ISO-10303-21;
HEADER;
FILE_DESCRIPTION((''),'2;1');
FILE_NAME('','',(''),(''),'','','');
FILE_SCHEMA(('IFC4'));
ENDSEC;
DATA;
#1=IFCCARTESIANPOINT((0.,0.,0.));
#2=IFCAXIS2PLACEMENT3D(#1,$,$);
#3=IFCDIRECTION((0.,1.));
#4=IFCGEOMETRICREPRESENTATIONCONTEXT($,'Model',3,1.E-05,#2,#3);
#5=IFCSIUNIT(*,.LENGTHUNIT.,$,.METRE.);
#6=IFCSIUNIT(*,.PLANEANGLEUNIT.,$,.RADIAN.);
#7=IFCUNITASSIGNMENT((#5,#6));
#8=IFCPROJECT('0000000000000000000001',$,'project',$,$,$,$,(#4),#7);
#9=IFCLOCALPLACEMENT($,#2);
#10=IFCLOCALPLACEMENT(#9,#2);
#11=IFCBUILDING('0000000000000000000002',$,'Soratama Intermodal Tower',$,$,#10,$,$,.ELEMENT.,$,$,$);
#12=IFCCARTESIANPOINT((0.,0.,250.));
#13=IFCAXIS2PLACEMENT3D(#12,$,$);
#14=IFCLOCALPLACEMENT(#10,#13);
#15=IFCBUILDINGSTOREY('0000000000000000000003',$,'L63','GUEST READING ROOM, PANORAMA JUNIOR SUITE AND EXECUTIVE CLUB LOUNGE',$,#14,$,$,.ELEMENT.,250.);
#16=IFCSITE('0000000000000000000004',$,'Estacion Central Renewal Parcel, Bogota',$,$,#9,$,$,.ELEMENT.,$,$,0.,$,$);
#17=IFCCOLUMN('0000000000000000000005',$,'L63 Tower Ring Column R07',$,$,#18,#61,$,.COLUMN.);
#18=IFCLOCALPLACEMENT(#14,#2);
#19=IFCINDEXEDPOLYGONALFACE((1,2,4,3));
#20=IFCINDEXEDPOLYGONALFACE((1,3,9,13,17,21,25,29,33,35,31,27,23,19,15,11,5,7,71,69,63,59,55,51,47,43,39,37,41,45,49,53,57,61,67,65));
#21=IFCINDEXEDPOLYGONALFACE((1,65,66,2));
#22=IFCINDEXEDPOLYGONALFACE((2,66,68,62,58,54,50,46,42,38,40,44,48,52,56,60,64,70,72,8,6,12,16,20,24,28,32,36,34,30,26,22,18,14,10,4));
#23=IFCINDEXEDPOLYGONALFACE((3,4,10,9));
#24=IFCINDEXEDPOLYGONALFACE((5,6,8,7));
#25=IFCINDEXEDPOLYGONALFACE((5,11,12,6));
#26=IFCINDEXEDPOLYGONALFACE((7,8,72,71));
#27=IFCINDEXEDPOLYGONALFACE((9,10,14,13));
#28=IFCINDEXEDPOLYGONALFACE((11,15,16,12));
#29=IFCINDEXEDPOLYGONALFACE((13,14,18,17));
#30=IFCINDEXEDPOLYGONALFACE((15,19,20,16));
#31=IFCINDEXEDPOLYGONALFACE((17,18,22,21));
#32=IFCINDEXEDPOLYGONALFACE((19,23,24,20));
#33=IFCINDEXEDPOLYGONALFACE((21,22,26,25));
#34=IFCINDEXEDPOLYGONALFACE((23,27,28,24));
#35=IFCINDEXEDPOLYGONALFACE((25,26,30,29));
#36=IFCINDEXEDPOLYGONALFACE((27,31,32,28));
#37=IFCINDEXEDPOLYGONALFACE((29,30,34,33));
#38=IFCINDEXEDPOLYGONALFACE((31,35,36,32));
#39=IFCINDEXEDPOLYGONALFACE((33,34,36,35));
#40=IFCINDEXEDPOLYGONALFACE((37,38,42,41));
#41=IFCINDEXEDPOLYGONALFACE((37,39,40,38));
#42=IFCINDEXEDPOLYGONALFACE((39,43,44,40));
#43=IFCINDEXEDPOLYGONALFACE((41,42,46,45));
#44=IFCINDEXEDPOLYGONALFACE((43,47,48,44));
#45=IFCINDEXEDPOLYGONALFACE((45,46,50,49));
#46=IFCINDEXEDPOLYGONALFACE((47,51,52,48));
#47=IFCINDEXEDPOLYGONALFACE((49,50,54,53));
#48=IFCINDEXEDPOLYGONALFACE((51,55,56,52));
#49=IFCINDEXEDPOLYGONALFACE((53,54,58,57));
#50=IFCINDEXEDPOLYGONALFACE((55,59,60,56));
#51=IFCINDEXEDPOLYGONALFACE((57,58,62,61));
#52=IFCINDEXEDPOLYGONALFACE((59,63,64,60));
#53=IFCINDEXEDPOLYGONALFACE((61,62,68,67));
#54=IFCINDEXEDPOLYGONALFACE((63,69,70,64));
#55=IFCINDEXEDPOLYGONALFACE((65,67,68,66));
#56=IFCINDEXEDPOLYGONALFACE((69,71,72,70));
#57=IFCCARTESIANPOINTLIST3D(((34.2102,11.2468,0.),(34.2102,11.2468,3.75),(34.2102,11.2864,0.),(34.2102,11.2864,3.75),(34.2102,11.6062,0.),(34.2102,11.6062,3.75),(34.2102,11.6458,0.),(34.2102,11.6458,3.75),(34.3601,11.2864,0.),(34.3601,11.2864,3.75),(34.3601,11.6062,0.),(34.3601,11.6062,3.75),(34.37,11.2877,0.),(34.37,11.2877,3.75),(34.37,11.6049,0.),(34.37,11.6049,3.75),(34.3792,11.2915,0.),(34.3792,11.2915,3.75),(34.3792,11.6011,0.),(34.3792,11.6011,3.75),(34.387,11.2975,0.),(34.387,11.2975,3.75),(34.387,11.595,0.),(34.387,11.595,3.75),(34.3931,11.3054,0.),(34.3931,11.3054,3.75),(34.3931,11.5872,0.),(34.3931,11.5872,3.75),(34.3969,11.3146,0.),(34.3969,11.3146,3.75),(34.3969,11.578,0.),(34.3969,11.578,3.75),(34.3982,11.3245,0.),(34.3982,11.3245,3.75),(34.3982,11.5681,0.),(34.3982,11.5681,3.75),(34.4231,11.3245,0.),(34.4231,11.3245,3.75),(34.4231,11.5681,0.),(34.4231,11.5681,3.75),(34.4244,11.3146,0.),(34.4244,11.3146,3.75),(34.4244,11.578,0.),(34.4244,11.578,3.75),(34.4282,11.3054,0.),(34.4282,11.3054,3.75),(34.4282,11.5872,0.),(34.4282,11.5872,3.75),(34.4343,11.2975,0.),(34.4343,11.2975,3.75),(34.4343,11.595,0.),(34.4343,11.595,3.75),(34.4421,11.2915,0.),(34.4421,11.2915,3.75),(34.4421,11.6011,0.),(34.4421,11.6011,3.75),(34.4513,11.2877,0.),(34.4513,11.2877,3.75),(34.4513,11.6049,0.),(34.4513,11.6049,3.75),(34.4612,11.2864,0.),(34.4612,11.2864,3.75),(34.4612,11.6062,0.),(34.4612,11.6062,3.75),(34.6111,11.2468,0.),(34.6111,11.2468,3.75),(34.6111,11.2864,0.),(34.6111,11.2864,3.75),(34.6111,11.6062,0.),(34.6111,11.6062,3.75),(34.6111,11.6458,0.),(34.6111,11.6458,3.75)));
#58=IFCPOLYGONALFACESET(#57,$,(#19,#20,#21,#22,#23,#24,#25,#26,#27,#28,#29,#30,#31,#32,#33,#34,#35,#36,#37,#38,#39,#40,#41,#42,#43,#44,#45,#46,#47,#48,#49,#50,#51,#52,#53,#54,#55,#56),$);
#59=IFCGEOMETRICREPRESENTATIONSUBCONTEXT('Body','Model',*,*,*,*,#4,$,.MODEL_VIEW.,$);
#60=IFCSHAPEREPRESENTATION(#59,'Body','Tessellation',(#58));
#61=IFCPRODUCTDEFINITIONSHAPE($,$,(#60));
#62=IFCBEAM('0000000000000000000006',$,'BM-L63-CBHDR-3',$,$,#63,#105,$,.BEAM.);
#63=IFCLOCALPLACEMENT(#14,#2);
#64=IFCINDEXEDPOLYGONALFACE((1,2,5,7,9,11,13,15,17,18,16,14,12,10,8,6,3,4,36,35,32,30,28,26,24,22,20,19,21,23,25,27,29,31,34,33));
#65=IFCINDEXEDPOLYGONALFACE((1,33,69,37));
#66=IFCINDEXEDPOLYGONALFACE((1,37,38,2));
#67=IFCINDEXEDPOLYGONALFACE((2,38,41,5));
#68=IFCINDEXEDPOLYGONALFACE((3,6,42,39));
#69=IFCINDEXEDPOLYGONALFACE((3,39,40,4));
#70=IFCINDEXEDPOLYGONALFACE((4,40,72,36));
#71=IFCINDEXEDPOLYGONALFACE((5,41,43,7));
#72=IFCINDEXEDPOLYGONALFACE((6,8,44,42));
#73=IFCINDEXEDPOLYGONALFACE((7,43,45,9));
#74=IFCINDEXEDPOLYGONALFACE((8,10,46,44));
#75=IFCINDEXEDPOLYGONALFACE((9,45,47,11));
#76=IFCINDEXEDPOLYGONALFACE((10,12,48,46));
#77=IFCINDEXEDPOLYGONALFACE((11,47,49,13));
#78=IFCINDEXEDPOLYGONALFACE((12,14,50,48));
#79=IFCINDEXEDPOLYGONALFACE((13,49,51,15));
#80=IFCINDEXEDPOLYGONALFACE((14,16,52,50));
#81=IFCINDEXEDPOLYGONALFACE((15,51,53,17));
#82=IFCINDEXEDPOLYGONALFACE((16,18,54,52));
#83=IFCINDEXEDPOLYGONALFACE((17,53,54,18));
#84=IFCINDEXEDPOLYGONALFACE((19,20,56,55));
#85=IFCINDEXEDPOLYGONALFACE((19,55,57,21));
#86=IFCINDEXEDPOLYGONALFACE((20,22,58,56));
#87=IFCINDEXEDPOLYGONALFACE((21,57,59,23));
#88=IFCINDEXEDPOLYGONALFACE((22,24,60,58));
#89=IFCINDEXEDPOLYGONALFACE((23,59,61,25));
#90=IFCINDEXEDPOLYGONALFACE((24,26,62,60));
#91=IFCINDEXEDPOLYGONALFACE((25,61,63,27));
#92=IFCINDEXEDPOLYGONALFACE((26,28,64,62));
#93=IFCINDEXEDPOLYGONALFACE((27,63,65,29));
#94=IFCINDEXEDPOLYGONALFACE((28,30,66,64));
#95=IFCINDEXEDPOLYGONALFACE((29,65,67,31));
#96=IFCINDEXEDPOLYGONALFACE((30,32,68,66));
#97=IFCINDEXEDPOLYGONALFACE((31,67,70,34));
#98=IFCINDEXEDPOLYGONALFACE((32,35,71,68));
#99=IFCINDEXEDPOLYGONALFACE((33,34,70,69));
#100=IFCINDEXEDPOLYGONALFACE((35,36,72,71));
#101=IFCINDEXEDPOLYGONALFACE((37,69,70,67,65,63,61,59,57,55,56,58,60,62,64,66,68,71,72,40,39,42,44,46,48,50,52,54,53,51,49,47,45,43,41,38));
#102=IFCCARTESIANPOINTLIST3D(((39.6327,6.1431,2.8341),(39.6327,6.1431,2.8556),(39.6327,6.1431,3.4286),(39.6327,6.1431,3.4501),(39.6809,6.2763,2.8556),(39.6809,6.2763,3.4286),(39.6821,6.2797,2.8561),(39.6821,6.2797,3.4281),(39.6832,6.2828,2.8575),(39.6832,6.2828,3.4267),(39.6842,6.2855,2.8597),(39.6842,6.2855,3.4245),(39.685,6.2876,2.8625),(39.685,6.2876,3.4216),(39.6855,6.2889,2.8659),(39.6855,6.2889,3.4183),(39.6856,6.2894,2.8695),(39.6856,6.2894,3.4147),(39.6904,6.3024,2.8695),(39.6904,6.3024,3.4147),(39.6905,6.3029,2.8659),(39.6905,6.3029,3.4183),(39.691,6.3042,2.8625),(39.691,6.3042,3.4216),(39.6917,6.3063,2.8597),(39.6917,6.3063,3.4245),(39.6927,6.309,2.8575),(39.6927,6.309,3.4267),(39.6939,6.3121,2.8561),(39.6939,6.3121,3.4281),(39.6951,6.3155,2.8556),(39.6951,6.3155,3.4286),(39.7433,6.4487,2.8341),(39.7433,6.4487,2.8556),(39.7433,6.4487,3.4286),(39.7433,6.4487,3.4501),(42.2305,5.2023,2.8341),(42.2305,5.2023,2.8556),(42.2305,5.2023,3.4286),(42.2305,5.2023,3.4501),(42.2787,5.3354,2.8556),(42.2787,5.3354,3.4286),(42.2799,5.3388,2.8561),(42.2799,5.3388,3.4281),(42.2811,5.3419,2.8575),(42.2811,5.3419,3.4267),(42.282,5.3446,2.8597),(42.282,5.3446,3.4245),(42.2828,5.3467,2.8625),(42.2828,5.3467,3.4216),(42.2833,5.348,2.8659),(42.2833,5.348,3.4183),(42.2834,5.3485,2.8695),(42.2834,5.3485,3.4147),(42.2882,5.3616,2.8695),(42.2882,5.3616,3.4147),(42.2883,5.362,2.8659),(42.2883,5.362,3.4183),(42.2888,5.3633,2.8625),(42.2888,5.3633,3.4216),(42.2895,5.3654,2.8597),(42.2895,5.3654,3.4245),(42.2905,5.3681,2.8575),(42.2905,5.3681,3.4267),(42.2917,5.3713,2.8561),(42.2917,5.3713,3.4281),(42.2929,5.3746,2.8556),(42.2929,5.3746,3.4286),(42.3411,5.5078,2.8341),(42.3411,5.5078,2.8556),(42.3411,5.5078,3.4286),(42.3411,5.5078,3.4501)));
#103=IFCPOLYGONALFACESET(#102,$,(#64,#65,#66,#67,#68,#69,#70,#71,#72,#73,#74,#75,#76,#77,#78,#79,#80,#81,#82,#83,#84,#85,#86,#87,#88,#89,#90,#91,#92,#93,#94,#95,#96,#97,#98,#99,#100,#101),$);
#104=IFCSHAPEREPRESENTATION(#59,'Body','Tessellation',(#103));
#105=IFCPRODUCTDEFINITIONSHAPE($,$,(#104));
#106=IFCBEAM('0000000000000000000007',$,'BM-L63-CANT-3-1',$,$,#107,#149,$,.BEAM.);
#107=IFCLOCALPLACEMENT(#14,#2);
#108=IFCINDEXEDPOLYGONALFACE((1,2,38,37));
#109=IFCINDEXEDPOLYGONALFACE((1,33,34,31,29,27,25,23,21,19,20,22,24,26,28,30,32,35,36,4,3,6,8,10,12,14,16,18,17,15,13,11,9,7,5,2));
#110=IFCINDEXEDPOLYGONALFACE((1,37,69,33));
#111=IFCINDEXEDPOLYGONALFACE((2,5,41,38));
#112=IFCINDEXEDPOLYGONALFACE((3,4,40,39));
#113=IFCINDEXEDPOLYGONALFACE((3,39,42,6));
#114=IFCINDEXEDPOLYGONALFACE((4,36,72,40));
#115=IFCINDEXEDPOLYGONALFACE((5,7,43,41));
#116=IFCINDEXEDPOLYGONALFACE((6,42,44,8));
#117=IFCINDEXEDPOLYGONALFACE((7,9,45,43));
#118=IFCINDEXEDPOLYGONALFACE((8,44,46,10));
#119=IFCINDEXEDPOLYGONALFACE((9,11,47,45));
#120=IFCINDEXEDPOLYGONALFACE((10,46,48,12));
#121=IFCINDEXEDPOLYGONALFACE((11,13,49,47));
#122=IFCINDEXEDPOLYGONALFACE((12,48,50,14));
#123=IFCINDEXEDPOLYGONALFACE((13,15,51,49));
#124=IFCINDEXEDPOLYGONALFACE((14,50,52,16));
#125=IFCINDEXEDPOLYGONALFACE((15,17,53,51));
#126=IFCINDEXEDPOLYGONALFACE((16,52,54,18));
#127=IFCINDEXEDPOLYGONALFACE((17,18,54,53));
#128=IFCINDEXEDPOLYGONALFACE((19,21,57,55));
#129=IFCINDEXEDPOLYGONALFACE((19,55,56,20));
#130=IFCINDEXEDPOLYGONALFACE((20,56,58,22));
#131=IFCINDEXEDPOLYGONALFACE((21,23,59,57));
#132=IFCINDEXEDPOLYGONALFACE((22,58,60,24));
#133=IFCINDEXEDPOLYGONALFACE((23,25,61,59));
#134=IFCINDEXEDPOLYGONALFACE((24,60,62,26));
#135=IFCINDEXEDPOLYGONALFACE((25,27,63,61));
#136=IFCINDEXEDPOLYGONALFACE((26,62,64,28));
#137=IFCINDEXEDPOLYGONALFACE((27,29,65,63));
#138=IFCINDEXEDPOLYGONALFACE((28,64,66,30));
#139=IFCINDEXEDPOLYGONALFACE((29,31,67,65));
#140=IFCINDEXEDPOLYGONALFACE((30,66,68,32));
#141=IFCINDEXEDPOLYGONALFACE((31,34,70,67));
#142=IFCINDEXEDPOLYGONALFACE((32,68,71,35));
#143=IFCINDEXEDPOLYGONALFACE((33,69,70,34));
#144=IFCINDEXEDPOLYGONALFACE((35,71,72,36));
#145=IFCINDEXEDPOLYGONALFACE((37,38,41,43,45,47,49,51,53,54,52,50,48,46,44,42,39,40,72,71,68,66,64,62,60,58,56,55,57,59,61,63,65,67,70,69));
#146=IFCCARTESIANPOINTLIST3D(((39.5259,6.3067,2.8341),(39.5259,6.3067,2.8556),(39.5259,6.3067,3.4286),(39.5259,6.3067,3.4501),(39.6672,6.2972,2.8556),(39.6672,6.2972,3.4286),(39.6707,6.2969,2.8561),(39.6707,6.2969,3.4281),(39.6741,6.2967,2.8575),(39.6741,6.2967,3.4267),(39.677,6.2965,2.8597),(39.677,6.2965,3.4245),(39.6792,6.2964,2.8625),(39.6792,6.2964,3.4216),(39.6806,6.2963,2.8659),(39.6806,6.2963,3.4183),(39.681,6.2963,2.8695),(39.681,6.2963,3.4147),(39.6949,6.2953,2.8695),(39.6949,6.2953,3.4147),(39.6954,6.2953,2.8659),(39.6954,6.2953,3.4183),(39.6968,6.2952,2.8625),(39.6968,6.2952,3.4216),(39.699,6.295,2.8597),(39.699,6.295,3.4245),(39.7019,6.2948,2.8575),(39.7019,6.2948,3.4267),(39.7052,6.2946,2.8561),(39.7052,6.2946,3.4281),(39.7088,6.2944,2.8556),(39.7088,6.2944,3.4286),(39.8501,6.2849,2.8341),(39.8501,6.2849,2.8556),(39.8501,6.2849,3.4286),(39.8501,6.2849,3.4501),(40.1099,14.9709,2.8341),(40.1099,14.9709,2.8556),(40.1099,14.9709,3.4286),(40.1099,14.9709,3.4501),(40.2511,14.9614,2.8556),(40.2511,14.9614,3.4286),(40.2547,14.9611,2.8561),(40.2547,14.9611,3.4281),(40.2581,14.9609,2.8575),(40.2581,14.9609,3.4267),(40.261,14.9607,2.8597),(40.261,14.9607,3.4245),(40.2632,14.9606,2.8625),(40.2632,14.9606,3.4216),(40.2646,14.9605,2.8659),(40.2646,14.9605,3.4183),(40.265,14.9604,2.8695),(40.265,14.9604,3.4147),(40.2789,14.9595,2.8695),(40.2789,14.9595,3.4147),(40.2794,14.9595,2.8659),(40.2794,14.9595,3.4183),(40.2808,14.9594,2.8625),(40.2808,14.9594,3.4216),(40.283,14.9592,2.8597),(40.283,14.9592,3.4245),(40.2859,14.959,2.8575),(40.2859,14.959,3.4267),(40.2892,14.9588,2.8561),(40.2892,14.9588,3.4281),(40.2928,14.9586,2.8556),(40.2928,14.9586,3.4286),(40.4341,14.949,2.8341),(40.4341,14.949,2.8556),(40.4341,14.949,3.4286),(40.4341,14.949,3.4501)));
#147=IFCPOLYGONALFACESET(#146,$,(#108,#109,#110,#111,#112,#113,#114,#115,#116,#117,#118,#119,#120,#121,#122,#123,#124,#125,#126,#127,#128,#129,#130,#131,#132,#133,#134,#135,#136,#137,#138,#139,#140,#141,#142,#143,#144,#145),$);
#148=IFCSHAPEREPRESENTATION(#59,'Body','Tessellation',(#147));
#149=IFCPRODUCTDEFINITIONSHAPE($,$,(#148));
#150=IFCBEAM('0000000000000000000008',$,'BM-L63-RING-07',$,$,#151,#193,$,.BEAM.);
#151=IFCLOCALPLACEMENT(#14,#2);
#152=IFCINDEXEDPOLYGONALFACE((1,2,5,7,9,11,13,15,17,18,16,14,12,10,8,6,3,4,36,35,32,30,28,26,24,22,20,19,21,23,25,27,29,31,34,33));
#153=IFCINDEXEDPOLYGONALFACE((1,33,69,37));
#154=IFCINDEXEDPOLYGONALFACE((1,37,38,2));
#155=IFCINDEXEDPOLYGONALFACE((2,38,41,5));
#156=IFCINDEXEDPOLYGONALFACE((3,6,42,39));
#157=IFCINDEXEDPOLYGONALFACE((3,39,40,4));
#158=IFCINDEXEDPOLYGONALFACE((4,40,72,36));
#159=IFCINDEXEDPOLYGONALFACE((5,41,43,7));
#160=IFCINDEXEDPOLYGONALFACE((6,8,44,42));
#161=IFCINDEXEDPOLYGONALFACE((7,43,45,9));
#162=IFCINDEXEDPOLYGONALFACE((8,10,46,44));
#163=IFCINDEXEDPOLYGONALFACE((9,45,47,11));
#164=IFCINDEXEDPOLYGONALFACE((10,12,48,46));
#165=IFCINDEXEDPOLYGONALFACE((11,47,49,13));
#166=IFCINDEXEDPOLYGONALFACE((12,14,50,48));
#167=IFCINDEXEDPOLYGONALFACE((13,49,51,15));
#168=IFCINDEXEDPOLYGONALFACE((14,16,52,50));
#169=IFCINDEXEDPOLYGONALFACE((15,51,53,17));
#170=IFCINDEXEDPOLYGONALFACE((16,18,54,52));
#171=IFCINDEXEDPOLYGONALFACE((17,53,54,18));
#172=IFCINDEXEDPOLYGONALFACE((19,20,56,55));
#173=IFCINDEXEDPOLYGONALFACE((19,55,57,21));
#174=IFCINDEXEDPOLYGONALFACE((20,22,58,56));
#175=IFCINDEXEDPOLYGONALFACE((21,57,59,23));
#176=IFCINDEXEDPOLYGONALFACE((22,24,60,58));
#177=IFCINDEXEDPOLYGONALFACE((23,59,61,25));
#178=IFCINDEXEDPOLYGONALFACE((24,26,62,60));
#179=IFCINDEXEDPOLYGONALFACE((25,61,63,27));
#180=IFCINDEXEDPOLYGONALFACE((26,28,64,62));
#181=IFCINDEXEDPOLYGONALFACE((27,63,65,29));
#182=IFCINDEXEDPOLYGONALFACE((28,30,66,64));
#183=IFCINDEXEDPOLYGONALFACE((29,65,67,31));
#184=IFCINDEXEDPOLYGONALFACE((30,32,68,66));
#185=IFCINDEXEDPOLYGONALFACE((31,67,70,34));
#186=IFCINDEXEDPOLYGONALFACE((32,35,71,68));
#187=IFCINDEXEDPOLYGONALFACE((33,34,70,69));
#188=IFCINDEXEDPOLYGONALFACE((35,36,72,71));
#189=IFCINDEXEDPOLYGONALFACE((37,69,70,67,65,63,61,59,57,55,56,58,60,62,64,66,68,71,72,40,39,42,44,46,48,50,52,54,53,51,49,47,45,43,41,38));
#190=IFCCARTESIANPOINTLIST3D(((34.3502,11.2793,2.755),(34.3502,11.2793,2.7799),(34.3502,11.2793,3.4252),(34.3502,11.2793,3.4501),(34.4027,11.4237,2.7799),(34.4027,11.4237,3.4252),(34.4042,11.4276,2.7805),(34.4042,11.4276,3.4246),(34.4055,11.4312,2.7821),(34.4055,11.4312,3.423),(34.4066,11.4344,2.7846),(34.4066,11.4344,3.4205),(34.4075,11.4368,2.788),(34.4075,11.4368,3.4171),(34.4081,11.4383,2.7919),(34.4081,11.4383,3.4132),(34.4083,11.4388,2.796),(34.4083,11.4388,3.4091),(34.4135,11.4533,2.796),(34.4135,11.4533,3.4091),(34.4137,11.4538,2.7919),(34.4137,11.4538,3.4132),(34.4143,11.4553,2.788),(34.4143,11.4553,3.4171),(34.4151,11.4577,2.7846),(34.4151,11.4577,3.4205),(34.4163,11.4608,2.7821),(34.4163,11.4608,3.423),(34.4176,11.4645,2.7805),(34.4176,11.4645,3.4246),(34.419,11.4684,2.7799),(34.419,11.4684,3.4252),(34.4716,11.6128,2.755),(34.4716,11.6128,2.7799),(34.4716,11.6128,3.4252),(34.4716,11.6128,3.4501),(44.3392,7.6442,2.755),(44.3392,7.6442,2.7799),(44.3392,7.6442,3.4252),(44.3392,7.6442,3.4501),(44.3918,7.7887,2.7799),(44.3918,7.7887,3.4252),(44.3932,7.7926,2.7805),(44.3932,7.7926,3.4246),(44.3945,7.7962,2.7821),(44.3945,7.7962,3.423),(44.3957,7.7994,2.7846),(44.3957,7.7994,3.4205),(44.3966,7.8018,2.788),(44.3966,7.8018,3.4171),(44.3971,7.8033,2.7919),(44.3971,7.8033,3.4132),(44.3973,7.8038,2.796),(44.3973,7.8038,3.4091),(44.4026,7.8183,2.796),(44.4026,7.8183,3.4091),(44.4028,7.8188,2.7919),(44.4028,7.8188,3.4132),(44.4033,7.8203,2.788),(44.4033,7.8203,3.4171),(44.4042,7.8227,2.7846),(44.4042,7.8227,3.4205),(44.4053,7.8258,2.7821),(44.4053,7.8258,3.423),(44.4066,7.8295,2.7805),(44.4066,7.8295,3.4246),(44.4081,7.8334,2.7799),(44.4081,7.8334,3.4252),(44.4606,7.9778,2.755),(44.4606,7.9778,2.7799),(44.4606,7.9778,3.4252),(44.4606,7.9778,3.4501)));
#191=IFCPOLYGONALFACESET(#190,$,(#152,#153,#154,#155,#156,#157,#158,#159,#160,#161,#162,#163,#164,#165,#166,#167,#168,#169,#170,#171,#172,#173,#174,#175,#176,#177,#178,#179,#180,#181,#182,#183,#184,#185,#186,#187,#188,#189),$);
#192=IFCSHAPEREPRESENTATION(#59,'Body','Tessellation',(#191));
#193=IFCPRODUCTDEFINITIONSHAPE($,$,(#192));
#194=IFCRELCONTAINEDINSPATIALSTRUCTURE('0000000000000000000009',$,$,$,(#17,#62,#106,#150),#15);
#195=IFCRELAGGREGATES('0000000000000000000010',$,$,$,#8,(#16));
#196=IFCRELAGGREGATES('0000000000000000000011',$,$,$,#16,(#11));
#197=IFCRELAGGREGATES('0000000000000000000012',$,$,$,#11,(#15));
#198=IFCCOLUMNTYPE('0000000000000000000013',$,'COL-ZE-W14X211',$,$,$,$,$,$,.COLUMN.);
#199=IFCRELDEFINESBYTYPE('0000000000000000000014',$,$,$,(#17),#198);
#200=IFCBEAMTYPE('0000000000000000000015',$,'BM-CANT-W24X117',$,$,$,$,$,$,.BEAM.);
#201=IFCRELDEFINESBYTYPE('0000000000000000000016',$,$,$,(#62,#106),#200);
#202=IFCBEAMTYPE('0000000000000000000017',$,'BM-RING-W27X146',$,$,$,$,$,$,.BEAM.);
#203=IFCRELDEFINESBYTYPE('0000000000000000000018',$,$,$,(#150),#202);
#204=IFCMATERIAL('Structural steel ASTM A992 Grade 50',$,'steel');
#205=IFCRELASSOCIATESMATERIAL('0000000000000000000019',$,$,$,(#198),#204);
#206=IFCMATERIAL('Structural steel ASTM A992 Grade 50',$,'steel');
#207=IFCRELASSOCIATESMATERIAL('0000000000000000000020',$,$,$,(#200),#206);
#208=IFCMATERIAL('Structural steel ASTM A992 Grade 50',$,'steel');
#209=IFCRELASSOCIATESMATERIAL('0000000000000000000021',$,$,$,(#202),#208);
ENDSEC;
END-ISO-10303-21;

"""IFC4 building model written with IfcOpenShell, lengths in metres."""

from ifc_helpers import new_model, si_unit, direction, frame, origin, origin_2d, place, context, subcontext, project, spatial, i_section, extrude, material, material_profile, profile_set, type_object, element, save


model = new_model("IFC4")

# Units and contexts
model_context = context("Model", 3, precision=1e-05, world=origin(), true_north=direction((0.0, 1.0)))
body_context = subcontext(model_context, "Body", "Model", "MODEL_VIEW")
ifc_project = project(units=[si_unit("LENGTHUNIT", "METRE"), si_unit("PLANEANGLEUNIT", "RADIAN")], contexts=[model_context])

# Site, building, storey
site_placement = place(None, origin())
site = spatial("IfcSite", under=ifc_project, at=site_placement, Name="Estacion Central Renewal Parcel, Bogota", CompositionType="ELEMENT", RefElevation=0.0)
building_placement = place(site_placement, origin())
building = spatial("IfcBuilding", under=site, at=building_placement, Name="Soratama Intermodal Tower", CompositionType="ELEMENT")
storey_placement = place(building_placement, frame((0.0, 0.0, 250.0)))
storey = spatial("IfcBuildingStorey", under=building, at=storey_placement, Name="L63", Description="GUEST READING ROOM, PANORAMA JUNIOR SUITE AND EXECUTIVE CLUB LOUNGE", CompositionType="ELEMENT", Elevation=250.0)

# Column
ifc_material_1 = material(Name="Structural steel ASTM A992 Grade 50", Category="steel")
ifc_material_profile_1 = material_profile(ifc_material_1, i_section(OverallWidth=0.4009, OverallDepth=0.3989, WebThickness=0.0249, FlangeThickness=0.0396, FilletRadius=0.0381, at=origin_2d()), Name="W14X211")
ifc_profile_set_1 = profile_set([ifc_material_profile_1], Name="Structural steel ASTM A992 Grade 50")
column_type = type_object("IfcColumnType", Name="COL-ZE-W14X211", PredefinedType="COLUMN", material=ifc_profile_set_1)
column_placement = place(storey_placement, frame((34.4106, 11.4463, 0.0), z_axis=(0.0, 0.0, 1.0), x_axis=(1.0, 0.0, 0.0)))
element("IfcColumn", 1, at=column_placement, inside=storey, type_object=column_type, Name="L63 Tower Ring Column R07", PredefinedType="COLUMN", context=body_context, shape_type="SweptSolid", body=[
    extrude(i_section(OverallWidth=0.4009, OverallDepth=0.3989, WebThickness=0.0249, FlangeThickness=0.0396, FilletRadius=0.0381, at=origin_2d()), origin(), (0.0, 0.0, 1.0), 3.75),
])

# Beams
ifc_material_2 = material(Name="Structural steel ASTM A992 Grade 50", Category="steel")
ifc_material_profile_2 = material_profile(ifc_material_2, i_section(OverallWidth=0.325, OverallDepth=0.616, WebThickness=0.0139, FlangeThickness=0.0215, FilletRadius=0.0139, at=origin_2d()), Name="W24X117")
ifc_profile_set_2 = profile_set([ifc_material_profile_2], Name="Structural steel ASTM A992 Grade 50")
beam_type_1 = type_object("IfcBeamType", Name="BM-CANT-W24X117", PredefinedType="BEAM", material=ifc_profile_set_2)
beam_1_placement = place(storey_placement, frame((39.688, 6.2959, 3.1421), z_axis=(0.940231, -0.340537, 0.0), x_axis=(0.340537, 0.940231, 0.0)))
element("IfcBeam", 2, at=beam_1_placement, inside=storey, type_object=beam_type_1, Name="BM-L63-CBHDR-3", PredefinedType="BEAM", context=body_context, shape_type="SweptSolid", body=[
    extrude(i_section(OverallWidth=0.325, OverallDepth=0.616, WebThickness=0.0139, FlangeThickness=0.0215, FilletRadius=0.0139, at=origin_2d()), origin(), (0.0, 0.0, 1.0), 2.7629),
])
beam_2_placement = place(storey_placement, frame((40.272, 14.96, 3.1421), z_axis=(-0.06725, -0.997736, 0.0), x_axis=(0.997736, -0.06725, 0.0)))
element("IfcBeam", 3, at=beam_2_placement, inside=storey, type_object=beam_type_1, Name="BM-L63-CANT-3-1", PredefinedType="BEAM", context=body_context, shape_type="SweptSolid", body=[
    extrude(i_section(OverallWidth=0.325, OverallDepth=0.616, WebThickness=0.0139, FlangeThickness=0.0215, FilletRadius=0.0139, at=origin_2d()), origin(), (0.0, 0.0, 1.0), 8.6838),
])
ifc_material_3 = material(Name="Structural steel ASTM A992 Grade 50", Category="steel")
ifc_material_profile_3 = material_profile(ifc_material_3, i_section(OverallWidth=0.355, OverallDepth=0.6951, WebThickness=0.0154, FlangeThickness=0.0249, FilletRadius=0.0161, at=origin_2d()), Name="W27X146")
ifc_profile_set_3 = profile_set([ifc_material_profile_3], Name="Structural steel ASTM A992 Grade 50")
beam_type_2 = type_object("IfcBeamType", Name="BM-RING-W27X146", PredefinedType="BEAM", material=ifc_profile_set_3)
beam_3_placement = place(storey_placement, frame((34.4109, 11.446, 3.1025), z_axis=(0.939714, -0.341963, 0.0), x_axis=(0.341963, 0.939714, 0.0)))
element("IfcBeam", 4, at=beam_3_placement, inside=storey, type_object=beam_type_2, Name="BM-L63-RING-07", PredefinedType="BEAM", context=body_context, shape_type="SweptSolid", body=[
    extrude(i_section(OverallWidth=0.355, OverallDepth=0.6951, WebThickness=0.0154, FlangeThickness=0.0249, FilletRadius=0.0161, at=origin_2d()), origin(), (0.0, 0.0, 1.0), 10.6299),
])

save(model, "model.ifc")
